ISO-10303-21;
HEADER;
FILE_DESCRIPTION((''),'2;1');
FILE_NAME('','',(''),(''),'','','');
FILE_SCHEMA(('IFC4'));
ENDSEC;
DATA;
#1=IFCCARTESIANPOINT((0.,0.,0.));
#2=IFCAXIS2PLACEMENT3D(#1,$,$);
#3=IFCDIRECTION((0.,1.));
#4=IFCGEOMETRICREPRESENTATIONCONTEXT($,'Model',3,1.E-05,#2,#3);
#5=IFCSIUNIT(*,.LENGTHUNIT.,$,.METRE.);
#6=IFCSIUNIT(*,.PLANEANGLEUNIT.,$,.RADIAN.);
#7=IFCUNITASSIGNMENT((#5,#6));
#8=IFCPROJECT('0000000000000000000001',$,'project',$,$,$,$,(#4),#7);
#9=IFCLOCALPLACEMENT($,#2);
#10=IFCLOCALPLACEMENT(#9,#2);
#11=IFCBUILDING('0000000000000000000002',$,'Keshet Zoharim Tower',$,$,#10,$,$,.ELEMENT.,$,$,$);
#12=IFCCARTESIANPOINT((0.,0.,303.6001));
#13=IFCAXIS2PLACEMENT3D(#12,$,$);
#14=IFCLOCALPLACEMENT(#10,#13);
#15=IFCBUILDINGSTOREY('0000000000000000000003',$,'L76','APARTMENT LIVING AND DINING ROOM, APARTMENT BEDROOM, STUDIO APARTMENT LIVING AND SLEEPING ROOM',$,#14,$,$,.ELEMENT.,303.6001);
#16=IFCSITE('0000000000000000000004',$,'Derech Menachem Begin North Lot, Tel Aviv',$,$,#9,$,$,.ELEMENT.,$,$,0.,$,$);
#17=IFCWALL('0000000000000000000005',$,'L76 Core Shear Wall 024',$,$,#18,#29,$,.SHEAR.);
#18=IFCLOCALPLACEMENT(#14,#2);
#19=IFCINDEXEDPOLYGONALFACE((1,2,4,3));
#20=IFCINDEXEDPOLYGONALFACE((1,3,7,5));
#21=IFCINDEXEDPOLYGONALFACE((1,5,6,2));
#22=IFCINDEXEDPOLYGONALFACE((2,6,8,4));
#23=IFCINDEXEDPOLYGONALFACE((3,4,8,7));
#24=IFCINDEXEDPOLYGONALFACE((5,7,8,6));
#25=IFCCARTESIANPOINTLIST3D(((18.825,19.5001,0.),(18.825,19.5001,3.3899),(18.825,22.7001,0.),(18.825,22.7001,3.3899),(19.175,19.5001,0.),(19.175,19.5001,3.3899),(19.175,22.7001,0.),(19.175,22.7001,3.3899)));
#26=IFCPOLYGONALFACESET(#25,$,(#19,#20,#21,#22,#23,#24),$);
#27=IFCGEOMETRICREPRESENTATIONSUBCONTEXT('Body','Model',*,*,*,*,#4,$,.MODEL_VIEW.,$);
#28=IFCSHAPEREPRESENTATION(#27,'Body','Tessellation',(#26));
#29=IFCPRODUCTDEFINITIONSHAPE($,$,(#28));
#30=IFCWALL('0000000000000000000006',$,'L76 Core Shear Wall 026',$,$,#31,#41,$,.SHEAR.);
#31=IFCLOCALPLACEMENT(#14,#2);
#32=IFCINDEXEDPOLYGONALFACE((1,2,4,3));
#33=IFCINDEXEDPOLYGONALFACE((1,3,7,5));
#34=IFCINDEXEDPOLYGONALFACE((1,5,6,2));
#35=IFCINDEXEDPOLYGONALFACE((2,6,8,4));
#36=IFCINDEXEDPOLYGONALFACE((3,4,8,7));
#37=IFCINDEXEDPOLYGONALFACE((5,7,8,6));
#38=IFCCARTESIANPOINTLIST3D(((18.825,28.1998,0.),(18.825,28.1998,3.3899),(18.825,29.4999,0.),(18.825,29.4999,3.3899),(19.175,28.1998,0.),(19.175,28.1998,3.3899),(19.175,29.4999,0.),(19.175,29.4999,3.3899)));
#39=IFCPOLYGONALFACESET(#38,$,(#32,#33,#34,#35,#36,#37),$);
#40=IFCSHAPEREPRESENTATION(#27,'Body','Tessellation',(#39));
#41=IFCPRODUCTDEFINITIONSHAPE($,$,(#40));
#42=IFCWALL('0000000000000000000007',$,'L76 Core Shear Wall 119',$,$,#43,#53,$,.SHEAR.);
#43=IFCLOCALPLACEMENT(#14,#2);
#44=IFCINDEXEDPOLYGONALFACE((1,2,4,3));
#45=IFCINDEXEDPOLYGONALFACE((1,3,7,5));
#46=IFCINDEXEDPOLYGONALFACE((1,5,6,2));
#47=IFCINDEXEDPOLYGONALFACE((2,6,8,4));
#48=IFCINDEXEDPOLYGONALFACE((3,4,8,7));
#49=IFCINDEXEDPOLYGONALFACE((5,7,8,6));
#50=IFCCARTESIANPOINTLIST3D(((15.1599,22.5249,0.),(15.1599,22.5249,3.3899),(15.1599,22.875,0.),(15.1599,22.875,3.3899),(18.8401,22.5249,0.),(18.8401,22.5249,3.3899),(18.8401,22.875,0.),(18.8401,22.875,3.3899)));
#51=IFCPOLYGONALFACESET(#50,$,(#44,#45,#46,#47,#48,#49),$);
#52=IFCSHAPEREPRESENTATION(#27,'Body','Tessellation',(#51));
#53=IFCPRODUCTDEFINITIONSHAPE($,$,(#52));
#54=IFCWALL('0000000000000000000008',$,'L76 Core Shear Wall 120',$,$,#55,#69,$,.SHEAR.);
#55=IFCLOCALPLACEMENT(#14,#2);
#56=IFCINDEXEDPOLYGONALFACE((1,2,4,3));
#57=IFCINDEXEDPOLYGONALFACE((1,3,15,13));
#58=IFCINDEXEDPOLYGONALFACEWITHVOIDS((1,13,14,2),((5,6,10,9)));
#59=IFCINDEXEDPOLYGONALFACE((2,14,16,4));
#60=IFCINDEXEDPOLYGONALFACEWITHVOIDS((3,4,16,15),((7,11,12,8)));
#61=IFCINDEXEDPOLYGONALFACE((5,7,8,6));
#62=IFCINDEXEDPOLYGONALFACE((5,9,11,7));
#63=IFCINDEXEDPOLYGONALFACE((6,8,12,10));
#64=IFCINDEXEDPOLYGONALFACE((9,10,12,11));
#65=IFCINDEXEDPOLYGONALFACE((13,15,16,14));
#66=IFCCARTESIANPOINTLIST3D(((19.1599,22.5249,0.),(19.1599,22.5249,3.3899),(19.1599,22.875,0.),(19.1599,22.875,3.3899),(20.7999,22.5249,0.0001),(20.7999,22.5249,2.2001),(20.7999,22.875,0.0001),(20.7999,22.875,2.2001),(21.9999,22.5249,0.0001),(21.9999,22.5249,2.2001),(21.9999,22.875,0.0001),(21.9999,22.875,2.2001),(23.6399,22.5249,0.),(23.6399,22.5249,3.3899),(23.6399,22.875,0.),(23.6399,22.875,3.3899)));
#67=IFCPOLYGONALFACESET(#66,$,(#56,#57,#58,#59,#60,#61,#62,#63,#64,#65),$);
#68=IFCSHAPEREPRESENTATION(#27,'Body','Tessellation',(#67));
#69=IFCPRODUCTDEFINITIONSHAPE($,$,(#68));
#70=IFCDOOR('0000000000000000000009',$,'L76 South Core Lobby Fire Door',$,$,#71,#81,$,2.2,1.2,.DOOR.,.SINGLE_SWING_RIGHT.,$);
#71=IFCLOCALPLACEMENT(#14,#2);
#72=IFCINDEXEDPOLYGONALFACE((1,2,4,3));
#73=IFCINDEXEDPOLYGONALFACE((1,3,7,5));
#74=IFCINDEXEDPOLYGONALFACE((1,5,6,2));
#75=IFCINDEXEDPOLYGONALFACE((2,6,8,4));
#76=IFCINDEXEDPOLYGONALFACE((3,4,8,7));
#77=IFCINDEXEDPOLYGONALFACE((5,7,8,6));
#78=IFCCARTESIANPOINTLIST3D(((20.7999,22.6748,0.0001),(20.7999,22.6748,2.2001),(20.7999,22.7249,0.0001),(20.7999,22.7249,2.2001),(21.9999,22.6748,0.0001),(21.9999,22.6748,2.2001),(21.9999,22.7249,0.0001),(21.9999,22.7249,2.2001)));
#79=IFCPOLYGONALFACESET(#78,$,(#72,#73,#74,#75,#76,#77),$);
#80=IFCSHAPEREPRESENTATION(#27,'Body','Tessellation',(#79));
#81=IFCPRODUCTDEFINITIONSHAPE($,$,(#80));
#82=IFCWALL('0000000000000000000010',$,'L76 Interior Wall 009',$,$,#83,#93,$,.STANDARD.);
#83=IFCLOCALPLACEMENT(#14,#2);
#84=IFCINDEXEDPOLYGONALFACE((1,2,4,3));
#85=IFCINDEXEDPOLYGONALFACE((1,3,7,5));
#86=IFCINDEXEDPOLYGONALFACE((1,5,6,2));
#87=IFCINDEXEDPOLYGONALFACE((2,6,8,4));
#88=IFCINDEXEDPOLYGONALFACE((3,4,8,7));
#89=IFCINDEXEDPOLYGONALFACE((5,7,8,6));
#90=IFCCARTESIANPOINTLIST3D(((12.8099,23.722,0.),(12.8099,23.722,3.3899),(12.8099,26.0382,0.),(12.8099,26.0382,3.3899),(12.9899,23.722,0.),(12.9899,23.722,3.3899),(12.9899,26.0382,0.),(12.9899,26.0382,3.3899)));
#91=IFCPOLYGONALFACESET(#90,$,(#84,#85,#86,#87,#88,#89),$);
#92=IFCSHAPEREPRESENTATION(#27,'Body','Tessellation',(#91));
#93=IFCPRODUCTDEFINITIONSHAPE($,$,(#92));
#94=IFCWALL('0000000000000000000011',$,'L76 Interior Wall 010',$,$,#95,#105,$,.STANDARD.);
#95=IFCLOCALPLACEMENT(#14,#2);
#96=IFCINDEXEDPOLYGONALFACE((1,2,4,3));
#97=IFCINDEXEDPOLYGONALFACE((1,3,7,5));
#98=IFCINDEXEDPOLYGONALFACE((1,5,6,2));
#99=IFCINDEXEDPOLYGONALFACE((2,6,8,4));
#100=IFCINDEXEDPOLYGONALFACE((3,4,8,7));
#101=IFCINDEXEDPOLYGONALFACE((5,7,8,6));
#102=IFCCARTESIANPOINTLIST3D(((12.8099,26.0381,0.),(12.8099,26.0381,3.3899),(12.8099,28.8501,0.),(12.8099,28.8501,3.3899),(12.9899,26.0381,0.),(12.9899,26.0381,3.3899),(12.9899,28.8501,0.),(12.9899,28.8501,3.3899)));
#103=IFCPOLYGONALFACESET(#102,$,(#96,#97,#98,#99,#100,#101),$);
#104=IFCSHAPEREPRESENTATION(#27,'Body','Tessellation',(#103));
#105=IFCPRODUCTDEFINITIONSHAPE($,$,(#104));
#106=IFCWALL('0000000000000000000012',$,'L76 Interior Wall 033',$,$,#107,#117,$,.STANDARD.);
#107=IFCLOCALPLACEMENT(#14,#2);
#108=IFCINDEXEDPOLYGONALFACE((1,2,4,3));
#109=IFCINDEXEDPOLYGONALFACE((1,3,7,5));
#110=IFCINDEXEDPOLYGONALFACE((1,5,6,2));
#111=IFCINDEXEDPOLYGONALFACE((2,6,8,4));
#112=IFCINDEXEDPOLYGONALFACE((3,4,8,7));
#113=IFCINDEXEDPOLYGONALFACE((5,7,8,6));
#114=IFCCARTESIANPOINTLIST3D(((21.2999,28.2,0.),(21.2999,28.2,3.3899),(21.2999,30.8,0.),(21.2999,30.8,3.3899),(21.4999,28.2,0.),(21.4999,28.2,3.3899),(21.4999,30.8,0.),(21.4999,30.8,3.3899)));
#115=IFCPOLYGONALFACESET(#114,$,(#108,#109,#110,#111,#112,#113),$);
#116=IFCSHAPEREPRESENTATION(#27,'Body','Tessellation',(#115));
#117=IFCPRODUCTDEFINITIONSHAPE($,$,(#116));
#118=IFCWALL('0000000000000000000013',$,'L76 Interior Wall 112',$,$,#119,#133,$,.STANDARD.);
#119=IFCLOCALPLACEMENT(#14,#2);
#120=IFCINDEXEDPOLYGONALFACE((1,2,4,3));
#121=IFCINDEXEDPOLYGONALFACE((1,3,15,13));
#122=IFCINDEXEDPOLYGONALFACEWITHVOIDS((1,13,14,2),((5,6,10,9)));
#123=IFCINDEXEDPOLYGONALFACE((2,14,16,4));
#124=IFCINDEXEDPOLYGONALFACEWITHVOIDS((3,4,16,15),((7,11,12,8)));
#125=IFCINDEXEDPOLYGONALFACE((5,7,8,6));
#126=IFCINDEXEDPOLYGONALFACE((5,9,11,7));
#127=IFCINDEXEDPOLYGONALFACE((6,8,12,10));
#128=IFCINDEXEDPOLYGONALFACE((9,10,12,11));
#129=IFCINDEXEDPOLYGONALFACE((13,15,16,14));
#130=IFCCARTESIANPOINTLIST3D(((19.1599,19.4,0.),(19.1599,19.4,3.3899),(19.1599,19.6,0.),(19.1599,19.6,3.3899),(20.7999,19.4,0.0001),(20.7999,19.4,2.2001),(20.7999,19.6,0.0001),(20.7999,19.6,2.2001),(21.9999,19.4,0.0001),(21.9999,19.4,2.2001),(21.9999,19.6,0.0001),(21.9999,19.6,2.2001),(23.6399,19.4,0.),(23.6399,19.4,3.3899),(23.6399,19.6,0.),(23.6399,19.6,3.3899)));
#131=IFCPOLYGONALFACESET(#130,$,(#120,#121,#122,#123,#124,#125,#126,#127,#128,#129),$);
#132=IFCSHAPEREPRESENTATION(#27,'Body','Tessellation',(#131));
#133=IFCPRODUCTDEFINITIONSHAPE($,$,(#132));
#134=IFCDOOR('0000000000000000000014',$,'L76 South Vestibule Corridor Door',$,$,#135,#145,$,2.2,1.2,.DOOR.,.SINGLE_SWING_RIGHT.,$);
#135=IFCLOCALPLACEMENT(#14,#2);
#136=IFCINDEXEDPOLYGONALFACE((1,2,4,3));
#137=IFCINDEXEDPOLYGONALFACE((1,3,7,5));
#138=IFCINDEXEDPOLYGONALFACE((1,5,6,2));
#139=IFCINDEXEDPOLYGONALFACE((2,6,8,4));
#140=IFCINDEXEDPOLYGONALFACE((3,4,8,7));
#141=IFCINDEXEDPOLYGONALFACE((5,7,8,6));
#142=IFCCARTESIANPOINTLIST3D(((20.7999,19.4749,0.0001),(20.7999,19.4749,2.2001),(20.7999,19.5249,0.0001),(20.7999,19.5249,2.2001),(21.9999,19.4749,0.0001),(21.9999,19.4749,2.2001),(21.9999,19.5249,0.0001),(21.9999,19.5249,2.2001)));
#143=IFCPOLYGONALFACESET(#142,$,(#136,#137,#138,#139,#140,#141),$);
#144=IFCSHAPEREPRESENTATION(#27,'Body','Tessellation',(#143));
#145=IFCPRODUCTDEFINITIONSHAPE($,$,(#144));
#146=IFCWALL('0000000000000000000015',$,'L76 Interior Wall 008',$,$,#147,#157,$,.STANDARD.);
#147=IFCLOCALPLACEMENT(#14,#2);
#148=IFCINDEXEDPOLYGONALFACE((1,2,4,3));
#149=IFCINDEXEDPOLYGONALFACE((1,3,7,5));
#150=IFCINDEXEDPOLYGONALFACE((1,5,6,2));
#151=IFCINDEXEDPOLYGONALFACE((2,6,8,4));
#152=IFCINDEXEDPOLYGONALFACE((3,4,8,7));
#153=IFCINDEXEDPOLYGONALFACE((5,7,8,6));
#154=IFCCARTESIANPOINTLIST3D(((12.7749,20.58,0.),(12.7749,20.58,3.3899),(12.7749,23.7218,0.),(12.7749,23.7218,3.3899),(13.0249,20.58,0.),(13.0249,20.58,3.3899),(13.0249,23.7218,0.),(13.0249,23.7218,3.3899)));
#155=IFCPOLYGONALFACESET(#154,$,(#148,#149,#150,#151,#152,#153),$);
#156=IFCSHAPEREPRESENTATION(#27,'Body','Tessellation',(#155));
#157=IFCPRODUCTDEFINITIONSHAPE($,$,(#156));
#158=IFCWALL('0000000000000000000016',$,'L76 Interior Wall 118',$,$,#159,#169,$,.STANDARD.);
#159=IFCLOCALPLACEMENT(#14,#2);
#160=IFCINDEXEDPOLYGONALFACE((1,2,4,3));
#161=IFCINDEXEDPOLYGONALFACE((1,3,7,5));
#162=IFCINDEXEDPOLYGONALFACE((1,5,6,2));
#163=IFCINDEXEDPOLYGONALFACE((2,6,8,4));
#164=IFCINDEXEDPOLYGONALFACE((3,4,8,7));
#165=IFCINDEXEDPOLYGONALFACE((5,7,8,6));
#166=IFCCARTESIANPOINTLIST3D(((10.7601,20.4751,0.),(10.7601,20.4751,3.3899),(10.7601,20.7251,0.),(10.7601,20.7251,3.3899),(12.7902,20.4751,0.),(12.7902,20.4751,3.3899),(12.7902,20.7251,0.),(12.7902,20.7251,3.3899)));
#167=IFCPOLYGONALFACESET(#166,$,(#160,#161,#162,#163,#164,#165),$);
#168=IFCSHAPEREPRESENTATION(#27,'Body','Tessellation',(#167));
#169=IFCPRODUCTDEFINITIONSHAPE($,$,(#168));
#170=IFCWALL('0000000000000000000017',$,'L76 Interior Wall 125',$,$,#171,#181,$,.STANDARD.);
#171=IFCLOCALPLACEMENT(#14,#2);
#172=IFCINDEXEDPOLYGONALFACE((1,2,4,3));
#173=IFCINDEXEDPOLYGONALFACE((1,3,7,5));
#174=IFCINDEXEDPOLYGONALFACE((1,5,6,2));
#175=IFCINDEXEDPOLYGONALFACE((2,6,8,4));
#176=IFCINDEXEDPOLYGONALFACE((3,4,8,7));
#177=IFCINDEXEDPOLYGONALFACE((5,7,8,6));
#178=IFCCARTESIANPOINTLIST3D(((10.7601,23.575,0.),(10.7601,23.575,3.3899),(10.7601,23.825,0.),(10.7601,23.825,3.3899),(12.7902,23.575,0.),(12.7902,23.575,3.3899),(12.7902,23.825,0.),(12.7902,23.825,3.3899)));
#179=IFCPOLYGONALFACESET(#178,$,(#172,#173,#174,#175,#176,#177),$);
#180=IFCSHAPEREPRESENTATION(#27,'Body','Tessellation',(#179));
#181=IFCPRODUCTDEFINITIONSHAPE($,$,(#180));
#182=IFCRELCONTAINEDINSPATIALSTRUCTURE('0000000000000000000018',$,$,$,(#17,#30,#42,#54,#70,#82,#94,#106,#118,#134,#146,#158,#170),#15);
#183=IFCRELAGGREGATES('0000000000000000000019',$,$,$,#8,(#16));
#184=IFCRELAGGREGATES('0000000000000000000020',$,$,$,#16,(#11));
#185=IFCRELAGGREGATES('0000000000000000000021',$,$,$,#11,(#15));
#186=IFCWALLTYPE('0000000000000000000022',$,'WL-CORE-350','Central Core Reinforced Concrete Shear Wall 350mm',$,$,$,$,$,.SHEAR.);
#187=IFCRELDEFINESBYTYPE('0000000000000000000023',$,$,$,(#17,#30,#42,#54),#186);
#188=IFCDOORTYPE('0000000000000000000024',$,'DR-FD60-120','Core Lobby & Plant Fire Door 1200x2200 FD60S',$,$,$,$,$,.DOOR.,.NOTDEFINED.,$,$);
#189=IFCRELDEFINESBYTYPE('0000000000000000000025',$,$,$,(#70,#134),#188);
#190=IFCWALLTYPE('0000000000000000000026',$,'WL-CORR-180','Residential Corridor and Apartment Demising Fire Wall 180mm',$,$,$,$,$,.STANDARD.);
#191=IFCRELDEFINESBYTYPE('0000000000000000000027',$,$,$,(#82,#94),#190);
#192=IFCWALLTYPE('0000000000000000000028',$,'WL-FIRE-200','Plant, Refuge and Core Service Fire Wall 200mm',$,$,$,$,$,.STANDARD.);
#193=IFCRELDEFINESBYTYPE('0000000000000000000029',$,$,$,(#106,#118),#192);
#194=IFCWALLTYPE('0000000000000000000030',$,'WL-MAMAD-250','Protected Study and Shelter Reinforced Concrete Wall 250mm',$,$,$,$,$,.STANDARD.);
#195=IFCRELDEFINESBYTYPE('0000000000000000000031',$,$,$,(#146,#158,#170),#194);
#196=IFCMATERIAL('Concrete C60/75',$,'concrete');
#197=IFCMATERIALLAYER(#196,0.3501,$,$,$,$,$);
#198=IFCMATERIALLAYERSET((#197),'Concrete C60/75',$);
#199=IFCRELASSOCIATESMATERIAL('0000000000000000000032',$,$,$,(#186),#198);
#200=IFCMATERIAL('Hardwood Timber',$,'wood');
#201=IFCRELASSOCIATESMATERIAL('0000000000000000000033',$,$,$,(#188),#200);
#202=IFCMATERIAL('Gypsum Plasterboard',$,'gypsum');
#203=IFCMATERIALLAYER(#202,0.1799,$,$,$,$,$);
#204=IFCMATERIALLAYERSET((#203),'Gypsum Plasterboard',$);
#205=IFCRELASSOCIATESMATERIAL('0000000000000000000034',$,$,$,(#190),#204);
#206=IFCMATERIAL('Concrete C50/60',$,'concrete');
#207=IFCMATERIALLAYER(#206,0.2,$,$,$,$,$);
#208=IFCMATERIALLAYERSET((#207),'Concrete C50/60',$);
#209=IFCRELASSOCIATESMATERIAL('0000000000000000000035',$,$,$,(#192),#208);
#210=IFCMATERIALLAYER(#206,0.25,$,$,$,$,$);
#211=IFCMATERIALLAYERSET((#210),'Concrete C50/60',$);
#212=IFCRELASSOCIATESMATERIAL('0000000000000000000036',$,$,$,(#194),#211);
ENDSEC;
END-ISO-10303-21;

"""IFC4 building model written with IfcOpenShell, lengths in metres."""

from ifc_helpers import new_model, si_unit, direction, frame, frame_2d, origin, place, context, subcontext, project, spatial, rectangle, extrude, material, layer, layer_set, type_object, element, fill, save


model = new_model("IFC4")

# Units and contexts
model_context = context("Model", 3, precision=1e-05, world=origin(), true_north=direction((0.0, 1.0)))
body_context = subcontext(model_context, "Body", "Model", "MODEL_VIEW")
ifc_project = project(units=[si_unit("LENGTHUNIT", "METRE"), si_unit("PLANEANGLEUNIT", "RADIAN")], contexts=[model_context])

# Site, building, storey
site_placement = place(None, origin())
site = spatial("IfcSite", under=ifc_project, at=site_placement, Name="Derech Menachem Begin North Lot, Tel Aviv", CompositionType="ELEMENT", RefElevation=0.0)
building_placement = place(site_placement, origin())
building = spatial("IfcBuilding", under=site, at=building_placement, Name="Keshet Zoharim Tower", CompositionType="ELEMENT")
storey_placement = place(building_placement, frame((0.0, 0.0, 303.6001)))
storey = spatial("IfcBuildingStorey", under=building, at=storey_placement, Name="L76", Description="APARTMENT LIVING AND DINING ROOM, APARTMENT BEDROOM, STUDIO APARTMENT LIVING AND SLEEPING ROOM", CompositionType="ELEMENT", Elevation=303.6001)

# Shared definitions
ifc_material_1 = material(Name="Concrete C50/60", Category="concrete")

# Wall
ifc_material_2 = material(Name="Concrete C60/75", Category="concrete")
ifc_layer_1 = layer(ifc_material_2, 0.3501)
ifc_layer_set_1 = layer_set([ifc_layer_1], Name="Concrete C60/75")
wall_type_1 = type_object("IfcWallType", Name="WL-CORE-350", Description="Central Core Reinforced Concrete Shear Wall 350mm", PredefinedType="SHEAR", material=ifc_layer_set_1)
wall_1_placement = place(storey_placement, frame((19.0, 19.5, 0.0), z_axis=(0.0, 0.0, 1.0), x_axis=(0.0, 1.0, 0.0)))
element("IfcWall", 1, at=wall_1_placement, inside=storey, type_object=wall_type_1, Name="L76 Core Shear Wall 024", PredefinedType="SHEAR", context=body_context, shape_type="SweptSolid", body=[
    extrude(rectangle(XDim=3.2, YDim=0.3501, at=frame_2d((1.6001, 0.0))), origin(), (0.0, 0.0, 1.0), 3.3899),
])

# Shared definitions
ifc_material_3 = material(Name="Hardwood Timber", Category="wood")

# Walls
wall_2_placement = place(storey_placement, frame((19.0, 28.2, 0.0), z_axis=(0.0, 0.0, 1.0), x_axis=(0.0, 1.0, 0.0)))
element("IfcWall", 2, at=wall_2_placement, inside=storey, type_object=wall_type_1, Name="L76 Core Shear Wall 026", PredefinedType="SHEAR", context=body_context, shape_type="SweptSolid", body=[
    extrude(rectangle(XDim=1.3, YDim=0.3501, at=frame_2d((0.6499, 0.0))), origin(), (0.0, 0.0, 1.0), 3.3899),
])
wall_3_placement = place(storey_placement, frame((15.1599, 22.7, 0.0), z_axis=(0.0, 0.0, 1.0), x_axis=(1.0, 0.0, 0.0)))
element("IfcWall", 3, at=wall_3_placement, inside=storey, type_object=wall_type_1, Name="L76 Core Shear Wall 119", PredefinedType="SHEAR", context=body_context, shape_type="SweptSolid", body=[
    extrude(rectangle(XDim=3.6802, YDim=0.3501, at=frame_2d((1.8401, 0.0))), origin(), (0.0, 0.0, 1.0), 3.3899),
])

# Wall, opening, door
wall_4_placement = place(storey_placement, frame((19.1599, 22.7, 0.0), z_axis=(0.0, 0.0, 1.0), x_axis=(1.0, 0.0, 0.0)))
wall_4 = element("IfcWall", 4, at=wall_4_placement, inside=storey, type_object=wall_type_1, Name="L76 Core Shear Wall 120", PredefinedType="SHEAR", context=body_context, shape_type="SweptSolid", body=[
    extrude(rectangle(XDim=4.48, YDim=0.3501, at=frame_2d((2.24, 0.0))), origin(), (0.0, 0.0, 1.0), 3.3899),
])
opening_1_placement = place(wall_4_placement, frame((1.6399, 0.0, 0.0)))
opening_1 = element("IfcOpeningElement", 5, at=opening_1_placement, cuts=wall_4, PredefinedType="OPENING", context=body_context, shape_type="SweptSolid", body=[
    extrude(rectangle(XDim=1.2, YDim=2.2, at=frame_2d((0.6001, 1.1001))), frame((0.0, 0.1851, 0.0), z_axis=(0.0, -1.0, 0.0), x_axis=(1.0, 0.0, 0.0)), (0.0, 0.0, 1.0), 0.3701),
])
door_type_1 = type_object("IfcDoorType", Name="DR-FD60-120", Description="Core Lobby & Plant Fire Door 1200x2200 FD60S", OperationType="NOTDEFINED", PredefinedType="DOOR", material=ifc_material_3)
door_1_placement = place(opening_1_placement, origin())
door_1 = element("IfcDoor", 6, at=door_1_placement, inside=storey, type_object=door_type_1, Name="L76 South Core Lobby Fire Door", OperationType="SINGLE_SWING_RIGHT", OverallHeight=2.2, OverallWidth=1.2, PredefinedType="DOOR", context=body_context, shape_type="SweptSolid", body=[
    extrude(rectangle(XDim=1.2, YDim=2.2, at=frame_2d((0.6001, 1.1001))), frame((0.0, 0.0249, 0.0), z_axis=(0.0, -1.0, 0.0), x_axis=(1.0, 0.0, 0.0)), (0.0, 0.0, 1.0), 0.05),
])
fill(opening_1, door_1)

# Walls
ifc_material_4 = material(Name="Gypsum Plasterboard", Category="gypsum")
ifc_layer_2 = layer(ifc_material_4, 0.1799)
ifc_layer_set_2 = layer_set([ifc_layer_2], Name="Gypsum Plasterboard")
wall_type_2 = type_object("IfcWallType", Name="WL-CORR-180", Description="Residential Corridor and Apartment Demising Fire Wall 180mm", PredefinedType="STANDARD", material=ifc_layer_set_2)
wall_5_placement = place(storey_placement, frame((12.8999, 23.7219, 0.0), z_axis=(0.0, 0.0, 1.0), x_axis=(0.0, 1.0, 0.0)))
element("IfcWall", 7, at=wall_5_placement, inside=storey, type_object=wall_type_2, Name="L76 Interior Wall 009", PredefinedType="STANDARD", context=body_context, shape_type="SweptSolid", body=[
    extrude(rectangle(XDim=2.3162, YDim=0.1799, at=frame_2d((1.1582, 0.0))), origin(), (0.0, 0.0, 1.0), 3.3899),
])
wall_6_placement = place(storey_placement, frame((12.8999, 26.0381, 0.0), z_axis=(0.0, 0.0, 1.0), x_axis=(0.0, 1.0, 0.0)))
element("IfcWall", 8, at=wall_6_placement, inside=storey, type_object=wall_type_2, Name="L76 Interior Wall 010", PredefinedType="STANDARD", context=body_context, shape_type="SweptSolid", body=[
    extrude(rectangle(XDim=2.812, YDim=0.1799, at=frame_2d((1.406, 0.0))), origin(), (0.0, 0.0, 1.0), 3.3899),
])
ifc_layer_3 = layer(ifc_material_1, 0.2)
ifc_layer_set_3 = layer_set([ifc_layer_3], Name="Concrete C50/60")
wall_type_3 = type_object("IfcWallType", Name="WL-FIRE-200", Description="Plant, Refuge and Core Service Fire Wall 200mm", PredefinedType="STANDARD", material=ifc_layer_set_3)
wall_7_placement = place(storey_placement, frame((21.3999, 28.2, 0.0), z_axis=(0.0, 0.0, 1.0), x_axis=(0.0, 1.0, 0.0)))
element("IfcWall", 9, at=wall_7_placement, inside=storey, type_object=wall_type_3, Name="L76 Interior Wall 033", PredefinedType="STANDARD", context=body_context, shape_type="SweptSolid", body=[
    extrude(rectangle(XDim=2.6001, YDim=0.2, at=frame_2d((1.3, 0.0))), origin(), (0.0, 0.0, 1.0), 3.3899),
])

# Wall, opening, door
wall_8_placement = place(storey_placement, frame((19.1599, 19.5, 0.0), z_axis=(0.0, 0.0, 1.0), x_axis=(1.0, 0.0, 0.0)))
wall_8 = element("IfcWall", 10, at=wall_8_placement, inside=storey, type_object=wall_type_3, Name="L76 Interior Wall 112", PredefinedType="STANDARD", context=body_context, shape_type="SweptSolid", body=[
    extrude(rectangle(XDim=4.48, YDim=0.2, at=frame_2d((2.24, 0.0))), origin(), (0.0, 0.0, 1.0), 3.3899),
])
opening_2_placement = place(wall_8_placement, frame((1.6399, 0.0, 0.0)))
opening_2 = element("IfcOpeningElement", 11, at=opening_2_placement, cuts=wall_8, PredefinedType="OPENING", context=body_context, shape_type="SweptSolid", body=[
    extrude(rectangle(XDim=1.2, YDim=2.2, at=frame_2d((0.6001, 1.1001))), frame((0.0, 0.1099, 0.0), z_axis=(0.0, -1.0, 0.0), x_axis=(1.0, 0.0, 0.0)), (0.0, 0.0, 1.0), 0.22),
])
door_2_placement = place(opening_2_placement, origin())
door_2 = element("IfcDoor", 12, at=door_2_placement, inside=storey, type_object=door_type_1, Name="L76 South Vestibule Corridor Door", OperationType="SINGLE_SWING_RIGHT", OverallHeight=2.2, OverallWidth=1.2, PredefinedType="DOOR", context=body_context, shape_type="SweptSolid", body=[
    extrude(rectangle(XDim=1.2, YDim=2.2, at=frame_2d((0.6001, 1.1001))), frame((0.0, 0.0249, 0.0), z_axis=(0.0, -1.0, 0.0), x_axis=(1.0, 0.0, 0.0)), (0.0, 0.0, 1.0), 0.05),
])
fill(opening_2, door_2)

# Walls
ifc_layer_4 = layer(ifc_material_1, 0.25)
ifc_layer_set_4 = layer_set([ifc_layer_4], Name="Concrete C50/60")
wall_type_4 = type_object("IfcWallType", Name="WL-MAMAD-250", Description="Protected Study and Shelter Reinforced Concrete Wall 250mm", PredefinedType="STANDARD", material=ifc_layer_set_4)
wall_9_placement = place(storey_placement, frame((12.8999, 20.5801, 0.0), z_axis=(0.0, 0.0, 1.0), x_axis=(0.0, 1.0, 0.0)))
element("IfcWall", 13, at=wall_9_placement, inside=storey, type_object=wall_type_4, Name="L76 Interior Wall 008", PredefinedType="STANDARD", context=body_context, shape_type="SweptSolid", body=[
    extrude(rectangle(XDim=3.1418, YDim=0.25, at=frame_2d((1.5708, 0.0))), origin(), (0.0, 0.0, 1.0), 3.3899),
])
for number, where, z_axis, x_axis, name in (
    (14, (10.76, 20.6001, 0.0), (0.0, 0.0, 1.0), (1.0, 0.0, 0.0), "L76 Interior Wall 118"),
    (15, (10.76, 23.7, 0.0), (0.0, 0.0, 1.0), (1.0, 0.0, 0.0), "L76 Interior Wall 125"),
):
    element("IfcWall", number, at=place(storey_placement, frame(where, z_axis=z_axis, x_axis=x_axis)), inside=storey, type_object=wall_type_4, Name=name, PredefinedType="STANDARD", context=body_context, shape_type="SweptSolid", body=[
        extrude(rectangle(XDim=2.03, YDim=0.25, at=frame_2d((1.0151, 0.0))), origin(), (0.0, 0.0, 1.0), 3.3899),
    ])

save(model, "model.ifc")
